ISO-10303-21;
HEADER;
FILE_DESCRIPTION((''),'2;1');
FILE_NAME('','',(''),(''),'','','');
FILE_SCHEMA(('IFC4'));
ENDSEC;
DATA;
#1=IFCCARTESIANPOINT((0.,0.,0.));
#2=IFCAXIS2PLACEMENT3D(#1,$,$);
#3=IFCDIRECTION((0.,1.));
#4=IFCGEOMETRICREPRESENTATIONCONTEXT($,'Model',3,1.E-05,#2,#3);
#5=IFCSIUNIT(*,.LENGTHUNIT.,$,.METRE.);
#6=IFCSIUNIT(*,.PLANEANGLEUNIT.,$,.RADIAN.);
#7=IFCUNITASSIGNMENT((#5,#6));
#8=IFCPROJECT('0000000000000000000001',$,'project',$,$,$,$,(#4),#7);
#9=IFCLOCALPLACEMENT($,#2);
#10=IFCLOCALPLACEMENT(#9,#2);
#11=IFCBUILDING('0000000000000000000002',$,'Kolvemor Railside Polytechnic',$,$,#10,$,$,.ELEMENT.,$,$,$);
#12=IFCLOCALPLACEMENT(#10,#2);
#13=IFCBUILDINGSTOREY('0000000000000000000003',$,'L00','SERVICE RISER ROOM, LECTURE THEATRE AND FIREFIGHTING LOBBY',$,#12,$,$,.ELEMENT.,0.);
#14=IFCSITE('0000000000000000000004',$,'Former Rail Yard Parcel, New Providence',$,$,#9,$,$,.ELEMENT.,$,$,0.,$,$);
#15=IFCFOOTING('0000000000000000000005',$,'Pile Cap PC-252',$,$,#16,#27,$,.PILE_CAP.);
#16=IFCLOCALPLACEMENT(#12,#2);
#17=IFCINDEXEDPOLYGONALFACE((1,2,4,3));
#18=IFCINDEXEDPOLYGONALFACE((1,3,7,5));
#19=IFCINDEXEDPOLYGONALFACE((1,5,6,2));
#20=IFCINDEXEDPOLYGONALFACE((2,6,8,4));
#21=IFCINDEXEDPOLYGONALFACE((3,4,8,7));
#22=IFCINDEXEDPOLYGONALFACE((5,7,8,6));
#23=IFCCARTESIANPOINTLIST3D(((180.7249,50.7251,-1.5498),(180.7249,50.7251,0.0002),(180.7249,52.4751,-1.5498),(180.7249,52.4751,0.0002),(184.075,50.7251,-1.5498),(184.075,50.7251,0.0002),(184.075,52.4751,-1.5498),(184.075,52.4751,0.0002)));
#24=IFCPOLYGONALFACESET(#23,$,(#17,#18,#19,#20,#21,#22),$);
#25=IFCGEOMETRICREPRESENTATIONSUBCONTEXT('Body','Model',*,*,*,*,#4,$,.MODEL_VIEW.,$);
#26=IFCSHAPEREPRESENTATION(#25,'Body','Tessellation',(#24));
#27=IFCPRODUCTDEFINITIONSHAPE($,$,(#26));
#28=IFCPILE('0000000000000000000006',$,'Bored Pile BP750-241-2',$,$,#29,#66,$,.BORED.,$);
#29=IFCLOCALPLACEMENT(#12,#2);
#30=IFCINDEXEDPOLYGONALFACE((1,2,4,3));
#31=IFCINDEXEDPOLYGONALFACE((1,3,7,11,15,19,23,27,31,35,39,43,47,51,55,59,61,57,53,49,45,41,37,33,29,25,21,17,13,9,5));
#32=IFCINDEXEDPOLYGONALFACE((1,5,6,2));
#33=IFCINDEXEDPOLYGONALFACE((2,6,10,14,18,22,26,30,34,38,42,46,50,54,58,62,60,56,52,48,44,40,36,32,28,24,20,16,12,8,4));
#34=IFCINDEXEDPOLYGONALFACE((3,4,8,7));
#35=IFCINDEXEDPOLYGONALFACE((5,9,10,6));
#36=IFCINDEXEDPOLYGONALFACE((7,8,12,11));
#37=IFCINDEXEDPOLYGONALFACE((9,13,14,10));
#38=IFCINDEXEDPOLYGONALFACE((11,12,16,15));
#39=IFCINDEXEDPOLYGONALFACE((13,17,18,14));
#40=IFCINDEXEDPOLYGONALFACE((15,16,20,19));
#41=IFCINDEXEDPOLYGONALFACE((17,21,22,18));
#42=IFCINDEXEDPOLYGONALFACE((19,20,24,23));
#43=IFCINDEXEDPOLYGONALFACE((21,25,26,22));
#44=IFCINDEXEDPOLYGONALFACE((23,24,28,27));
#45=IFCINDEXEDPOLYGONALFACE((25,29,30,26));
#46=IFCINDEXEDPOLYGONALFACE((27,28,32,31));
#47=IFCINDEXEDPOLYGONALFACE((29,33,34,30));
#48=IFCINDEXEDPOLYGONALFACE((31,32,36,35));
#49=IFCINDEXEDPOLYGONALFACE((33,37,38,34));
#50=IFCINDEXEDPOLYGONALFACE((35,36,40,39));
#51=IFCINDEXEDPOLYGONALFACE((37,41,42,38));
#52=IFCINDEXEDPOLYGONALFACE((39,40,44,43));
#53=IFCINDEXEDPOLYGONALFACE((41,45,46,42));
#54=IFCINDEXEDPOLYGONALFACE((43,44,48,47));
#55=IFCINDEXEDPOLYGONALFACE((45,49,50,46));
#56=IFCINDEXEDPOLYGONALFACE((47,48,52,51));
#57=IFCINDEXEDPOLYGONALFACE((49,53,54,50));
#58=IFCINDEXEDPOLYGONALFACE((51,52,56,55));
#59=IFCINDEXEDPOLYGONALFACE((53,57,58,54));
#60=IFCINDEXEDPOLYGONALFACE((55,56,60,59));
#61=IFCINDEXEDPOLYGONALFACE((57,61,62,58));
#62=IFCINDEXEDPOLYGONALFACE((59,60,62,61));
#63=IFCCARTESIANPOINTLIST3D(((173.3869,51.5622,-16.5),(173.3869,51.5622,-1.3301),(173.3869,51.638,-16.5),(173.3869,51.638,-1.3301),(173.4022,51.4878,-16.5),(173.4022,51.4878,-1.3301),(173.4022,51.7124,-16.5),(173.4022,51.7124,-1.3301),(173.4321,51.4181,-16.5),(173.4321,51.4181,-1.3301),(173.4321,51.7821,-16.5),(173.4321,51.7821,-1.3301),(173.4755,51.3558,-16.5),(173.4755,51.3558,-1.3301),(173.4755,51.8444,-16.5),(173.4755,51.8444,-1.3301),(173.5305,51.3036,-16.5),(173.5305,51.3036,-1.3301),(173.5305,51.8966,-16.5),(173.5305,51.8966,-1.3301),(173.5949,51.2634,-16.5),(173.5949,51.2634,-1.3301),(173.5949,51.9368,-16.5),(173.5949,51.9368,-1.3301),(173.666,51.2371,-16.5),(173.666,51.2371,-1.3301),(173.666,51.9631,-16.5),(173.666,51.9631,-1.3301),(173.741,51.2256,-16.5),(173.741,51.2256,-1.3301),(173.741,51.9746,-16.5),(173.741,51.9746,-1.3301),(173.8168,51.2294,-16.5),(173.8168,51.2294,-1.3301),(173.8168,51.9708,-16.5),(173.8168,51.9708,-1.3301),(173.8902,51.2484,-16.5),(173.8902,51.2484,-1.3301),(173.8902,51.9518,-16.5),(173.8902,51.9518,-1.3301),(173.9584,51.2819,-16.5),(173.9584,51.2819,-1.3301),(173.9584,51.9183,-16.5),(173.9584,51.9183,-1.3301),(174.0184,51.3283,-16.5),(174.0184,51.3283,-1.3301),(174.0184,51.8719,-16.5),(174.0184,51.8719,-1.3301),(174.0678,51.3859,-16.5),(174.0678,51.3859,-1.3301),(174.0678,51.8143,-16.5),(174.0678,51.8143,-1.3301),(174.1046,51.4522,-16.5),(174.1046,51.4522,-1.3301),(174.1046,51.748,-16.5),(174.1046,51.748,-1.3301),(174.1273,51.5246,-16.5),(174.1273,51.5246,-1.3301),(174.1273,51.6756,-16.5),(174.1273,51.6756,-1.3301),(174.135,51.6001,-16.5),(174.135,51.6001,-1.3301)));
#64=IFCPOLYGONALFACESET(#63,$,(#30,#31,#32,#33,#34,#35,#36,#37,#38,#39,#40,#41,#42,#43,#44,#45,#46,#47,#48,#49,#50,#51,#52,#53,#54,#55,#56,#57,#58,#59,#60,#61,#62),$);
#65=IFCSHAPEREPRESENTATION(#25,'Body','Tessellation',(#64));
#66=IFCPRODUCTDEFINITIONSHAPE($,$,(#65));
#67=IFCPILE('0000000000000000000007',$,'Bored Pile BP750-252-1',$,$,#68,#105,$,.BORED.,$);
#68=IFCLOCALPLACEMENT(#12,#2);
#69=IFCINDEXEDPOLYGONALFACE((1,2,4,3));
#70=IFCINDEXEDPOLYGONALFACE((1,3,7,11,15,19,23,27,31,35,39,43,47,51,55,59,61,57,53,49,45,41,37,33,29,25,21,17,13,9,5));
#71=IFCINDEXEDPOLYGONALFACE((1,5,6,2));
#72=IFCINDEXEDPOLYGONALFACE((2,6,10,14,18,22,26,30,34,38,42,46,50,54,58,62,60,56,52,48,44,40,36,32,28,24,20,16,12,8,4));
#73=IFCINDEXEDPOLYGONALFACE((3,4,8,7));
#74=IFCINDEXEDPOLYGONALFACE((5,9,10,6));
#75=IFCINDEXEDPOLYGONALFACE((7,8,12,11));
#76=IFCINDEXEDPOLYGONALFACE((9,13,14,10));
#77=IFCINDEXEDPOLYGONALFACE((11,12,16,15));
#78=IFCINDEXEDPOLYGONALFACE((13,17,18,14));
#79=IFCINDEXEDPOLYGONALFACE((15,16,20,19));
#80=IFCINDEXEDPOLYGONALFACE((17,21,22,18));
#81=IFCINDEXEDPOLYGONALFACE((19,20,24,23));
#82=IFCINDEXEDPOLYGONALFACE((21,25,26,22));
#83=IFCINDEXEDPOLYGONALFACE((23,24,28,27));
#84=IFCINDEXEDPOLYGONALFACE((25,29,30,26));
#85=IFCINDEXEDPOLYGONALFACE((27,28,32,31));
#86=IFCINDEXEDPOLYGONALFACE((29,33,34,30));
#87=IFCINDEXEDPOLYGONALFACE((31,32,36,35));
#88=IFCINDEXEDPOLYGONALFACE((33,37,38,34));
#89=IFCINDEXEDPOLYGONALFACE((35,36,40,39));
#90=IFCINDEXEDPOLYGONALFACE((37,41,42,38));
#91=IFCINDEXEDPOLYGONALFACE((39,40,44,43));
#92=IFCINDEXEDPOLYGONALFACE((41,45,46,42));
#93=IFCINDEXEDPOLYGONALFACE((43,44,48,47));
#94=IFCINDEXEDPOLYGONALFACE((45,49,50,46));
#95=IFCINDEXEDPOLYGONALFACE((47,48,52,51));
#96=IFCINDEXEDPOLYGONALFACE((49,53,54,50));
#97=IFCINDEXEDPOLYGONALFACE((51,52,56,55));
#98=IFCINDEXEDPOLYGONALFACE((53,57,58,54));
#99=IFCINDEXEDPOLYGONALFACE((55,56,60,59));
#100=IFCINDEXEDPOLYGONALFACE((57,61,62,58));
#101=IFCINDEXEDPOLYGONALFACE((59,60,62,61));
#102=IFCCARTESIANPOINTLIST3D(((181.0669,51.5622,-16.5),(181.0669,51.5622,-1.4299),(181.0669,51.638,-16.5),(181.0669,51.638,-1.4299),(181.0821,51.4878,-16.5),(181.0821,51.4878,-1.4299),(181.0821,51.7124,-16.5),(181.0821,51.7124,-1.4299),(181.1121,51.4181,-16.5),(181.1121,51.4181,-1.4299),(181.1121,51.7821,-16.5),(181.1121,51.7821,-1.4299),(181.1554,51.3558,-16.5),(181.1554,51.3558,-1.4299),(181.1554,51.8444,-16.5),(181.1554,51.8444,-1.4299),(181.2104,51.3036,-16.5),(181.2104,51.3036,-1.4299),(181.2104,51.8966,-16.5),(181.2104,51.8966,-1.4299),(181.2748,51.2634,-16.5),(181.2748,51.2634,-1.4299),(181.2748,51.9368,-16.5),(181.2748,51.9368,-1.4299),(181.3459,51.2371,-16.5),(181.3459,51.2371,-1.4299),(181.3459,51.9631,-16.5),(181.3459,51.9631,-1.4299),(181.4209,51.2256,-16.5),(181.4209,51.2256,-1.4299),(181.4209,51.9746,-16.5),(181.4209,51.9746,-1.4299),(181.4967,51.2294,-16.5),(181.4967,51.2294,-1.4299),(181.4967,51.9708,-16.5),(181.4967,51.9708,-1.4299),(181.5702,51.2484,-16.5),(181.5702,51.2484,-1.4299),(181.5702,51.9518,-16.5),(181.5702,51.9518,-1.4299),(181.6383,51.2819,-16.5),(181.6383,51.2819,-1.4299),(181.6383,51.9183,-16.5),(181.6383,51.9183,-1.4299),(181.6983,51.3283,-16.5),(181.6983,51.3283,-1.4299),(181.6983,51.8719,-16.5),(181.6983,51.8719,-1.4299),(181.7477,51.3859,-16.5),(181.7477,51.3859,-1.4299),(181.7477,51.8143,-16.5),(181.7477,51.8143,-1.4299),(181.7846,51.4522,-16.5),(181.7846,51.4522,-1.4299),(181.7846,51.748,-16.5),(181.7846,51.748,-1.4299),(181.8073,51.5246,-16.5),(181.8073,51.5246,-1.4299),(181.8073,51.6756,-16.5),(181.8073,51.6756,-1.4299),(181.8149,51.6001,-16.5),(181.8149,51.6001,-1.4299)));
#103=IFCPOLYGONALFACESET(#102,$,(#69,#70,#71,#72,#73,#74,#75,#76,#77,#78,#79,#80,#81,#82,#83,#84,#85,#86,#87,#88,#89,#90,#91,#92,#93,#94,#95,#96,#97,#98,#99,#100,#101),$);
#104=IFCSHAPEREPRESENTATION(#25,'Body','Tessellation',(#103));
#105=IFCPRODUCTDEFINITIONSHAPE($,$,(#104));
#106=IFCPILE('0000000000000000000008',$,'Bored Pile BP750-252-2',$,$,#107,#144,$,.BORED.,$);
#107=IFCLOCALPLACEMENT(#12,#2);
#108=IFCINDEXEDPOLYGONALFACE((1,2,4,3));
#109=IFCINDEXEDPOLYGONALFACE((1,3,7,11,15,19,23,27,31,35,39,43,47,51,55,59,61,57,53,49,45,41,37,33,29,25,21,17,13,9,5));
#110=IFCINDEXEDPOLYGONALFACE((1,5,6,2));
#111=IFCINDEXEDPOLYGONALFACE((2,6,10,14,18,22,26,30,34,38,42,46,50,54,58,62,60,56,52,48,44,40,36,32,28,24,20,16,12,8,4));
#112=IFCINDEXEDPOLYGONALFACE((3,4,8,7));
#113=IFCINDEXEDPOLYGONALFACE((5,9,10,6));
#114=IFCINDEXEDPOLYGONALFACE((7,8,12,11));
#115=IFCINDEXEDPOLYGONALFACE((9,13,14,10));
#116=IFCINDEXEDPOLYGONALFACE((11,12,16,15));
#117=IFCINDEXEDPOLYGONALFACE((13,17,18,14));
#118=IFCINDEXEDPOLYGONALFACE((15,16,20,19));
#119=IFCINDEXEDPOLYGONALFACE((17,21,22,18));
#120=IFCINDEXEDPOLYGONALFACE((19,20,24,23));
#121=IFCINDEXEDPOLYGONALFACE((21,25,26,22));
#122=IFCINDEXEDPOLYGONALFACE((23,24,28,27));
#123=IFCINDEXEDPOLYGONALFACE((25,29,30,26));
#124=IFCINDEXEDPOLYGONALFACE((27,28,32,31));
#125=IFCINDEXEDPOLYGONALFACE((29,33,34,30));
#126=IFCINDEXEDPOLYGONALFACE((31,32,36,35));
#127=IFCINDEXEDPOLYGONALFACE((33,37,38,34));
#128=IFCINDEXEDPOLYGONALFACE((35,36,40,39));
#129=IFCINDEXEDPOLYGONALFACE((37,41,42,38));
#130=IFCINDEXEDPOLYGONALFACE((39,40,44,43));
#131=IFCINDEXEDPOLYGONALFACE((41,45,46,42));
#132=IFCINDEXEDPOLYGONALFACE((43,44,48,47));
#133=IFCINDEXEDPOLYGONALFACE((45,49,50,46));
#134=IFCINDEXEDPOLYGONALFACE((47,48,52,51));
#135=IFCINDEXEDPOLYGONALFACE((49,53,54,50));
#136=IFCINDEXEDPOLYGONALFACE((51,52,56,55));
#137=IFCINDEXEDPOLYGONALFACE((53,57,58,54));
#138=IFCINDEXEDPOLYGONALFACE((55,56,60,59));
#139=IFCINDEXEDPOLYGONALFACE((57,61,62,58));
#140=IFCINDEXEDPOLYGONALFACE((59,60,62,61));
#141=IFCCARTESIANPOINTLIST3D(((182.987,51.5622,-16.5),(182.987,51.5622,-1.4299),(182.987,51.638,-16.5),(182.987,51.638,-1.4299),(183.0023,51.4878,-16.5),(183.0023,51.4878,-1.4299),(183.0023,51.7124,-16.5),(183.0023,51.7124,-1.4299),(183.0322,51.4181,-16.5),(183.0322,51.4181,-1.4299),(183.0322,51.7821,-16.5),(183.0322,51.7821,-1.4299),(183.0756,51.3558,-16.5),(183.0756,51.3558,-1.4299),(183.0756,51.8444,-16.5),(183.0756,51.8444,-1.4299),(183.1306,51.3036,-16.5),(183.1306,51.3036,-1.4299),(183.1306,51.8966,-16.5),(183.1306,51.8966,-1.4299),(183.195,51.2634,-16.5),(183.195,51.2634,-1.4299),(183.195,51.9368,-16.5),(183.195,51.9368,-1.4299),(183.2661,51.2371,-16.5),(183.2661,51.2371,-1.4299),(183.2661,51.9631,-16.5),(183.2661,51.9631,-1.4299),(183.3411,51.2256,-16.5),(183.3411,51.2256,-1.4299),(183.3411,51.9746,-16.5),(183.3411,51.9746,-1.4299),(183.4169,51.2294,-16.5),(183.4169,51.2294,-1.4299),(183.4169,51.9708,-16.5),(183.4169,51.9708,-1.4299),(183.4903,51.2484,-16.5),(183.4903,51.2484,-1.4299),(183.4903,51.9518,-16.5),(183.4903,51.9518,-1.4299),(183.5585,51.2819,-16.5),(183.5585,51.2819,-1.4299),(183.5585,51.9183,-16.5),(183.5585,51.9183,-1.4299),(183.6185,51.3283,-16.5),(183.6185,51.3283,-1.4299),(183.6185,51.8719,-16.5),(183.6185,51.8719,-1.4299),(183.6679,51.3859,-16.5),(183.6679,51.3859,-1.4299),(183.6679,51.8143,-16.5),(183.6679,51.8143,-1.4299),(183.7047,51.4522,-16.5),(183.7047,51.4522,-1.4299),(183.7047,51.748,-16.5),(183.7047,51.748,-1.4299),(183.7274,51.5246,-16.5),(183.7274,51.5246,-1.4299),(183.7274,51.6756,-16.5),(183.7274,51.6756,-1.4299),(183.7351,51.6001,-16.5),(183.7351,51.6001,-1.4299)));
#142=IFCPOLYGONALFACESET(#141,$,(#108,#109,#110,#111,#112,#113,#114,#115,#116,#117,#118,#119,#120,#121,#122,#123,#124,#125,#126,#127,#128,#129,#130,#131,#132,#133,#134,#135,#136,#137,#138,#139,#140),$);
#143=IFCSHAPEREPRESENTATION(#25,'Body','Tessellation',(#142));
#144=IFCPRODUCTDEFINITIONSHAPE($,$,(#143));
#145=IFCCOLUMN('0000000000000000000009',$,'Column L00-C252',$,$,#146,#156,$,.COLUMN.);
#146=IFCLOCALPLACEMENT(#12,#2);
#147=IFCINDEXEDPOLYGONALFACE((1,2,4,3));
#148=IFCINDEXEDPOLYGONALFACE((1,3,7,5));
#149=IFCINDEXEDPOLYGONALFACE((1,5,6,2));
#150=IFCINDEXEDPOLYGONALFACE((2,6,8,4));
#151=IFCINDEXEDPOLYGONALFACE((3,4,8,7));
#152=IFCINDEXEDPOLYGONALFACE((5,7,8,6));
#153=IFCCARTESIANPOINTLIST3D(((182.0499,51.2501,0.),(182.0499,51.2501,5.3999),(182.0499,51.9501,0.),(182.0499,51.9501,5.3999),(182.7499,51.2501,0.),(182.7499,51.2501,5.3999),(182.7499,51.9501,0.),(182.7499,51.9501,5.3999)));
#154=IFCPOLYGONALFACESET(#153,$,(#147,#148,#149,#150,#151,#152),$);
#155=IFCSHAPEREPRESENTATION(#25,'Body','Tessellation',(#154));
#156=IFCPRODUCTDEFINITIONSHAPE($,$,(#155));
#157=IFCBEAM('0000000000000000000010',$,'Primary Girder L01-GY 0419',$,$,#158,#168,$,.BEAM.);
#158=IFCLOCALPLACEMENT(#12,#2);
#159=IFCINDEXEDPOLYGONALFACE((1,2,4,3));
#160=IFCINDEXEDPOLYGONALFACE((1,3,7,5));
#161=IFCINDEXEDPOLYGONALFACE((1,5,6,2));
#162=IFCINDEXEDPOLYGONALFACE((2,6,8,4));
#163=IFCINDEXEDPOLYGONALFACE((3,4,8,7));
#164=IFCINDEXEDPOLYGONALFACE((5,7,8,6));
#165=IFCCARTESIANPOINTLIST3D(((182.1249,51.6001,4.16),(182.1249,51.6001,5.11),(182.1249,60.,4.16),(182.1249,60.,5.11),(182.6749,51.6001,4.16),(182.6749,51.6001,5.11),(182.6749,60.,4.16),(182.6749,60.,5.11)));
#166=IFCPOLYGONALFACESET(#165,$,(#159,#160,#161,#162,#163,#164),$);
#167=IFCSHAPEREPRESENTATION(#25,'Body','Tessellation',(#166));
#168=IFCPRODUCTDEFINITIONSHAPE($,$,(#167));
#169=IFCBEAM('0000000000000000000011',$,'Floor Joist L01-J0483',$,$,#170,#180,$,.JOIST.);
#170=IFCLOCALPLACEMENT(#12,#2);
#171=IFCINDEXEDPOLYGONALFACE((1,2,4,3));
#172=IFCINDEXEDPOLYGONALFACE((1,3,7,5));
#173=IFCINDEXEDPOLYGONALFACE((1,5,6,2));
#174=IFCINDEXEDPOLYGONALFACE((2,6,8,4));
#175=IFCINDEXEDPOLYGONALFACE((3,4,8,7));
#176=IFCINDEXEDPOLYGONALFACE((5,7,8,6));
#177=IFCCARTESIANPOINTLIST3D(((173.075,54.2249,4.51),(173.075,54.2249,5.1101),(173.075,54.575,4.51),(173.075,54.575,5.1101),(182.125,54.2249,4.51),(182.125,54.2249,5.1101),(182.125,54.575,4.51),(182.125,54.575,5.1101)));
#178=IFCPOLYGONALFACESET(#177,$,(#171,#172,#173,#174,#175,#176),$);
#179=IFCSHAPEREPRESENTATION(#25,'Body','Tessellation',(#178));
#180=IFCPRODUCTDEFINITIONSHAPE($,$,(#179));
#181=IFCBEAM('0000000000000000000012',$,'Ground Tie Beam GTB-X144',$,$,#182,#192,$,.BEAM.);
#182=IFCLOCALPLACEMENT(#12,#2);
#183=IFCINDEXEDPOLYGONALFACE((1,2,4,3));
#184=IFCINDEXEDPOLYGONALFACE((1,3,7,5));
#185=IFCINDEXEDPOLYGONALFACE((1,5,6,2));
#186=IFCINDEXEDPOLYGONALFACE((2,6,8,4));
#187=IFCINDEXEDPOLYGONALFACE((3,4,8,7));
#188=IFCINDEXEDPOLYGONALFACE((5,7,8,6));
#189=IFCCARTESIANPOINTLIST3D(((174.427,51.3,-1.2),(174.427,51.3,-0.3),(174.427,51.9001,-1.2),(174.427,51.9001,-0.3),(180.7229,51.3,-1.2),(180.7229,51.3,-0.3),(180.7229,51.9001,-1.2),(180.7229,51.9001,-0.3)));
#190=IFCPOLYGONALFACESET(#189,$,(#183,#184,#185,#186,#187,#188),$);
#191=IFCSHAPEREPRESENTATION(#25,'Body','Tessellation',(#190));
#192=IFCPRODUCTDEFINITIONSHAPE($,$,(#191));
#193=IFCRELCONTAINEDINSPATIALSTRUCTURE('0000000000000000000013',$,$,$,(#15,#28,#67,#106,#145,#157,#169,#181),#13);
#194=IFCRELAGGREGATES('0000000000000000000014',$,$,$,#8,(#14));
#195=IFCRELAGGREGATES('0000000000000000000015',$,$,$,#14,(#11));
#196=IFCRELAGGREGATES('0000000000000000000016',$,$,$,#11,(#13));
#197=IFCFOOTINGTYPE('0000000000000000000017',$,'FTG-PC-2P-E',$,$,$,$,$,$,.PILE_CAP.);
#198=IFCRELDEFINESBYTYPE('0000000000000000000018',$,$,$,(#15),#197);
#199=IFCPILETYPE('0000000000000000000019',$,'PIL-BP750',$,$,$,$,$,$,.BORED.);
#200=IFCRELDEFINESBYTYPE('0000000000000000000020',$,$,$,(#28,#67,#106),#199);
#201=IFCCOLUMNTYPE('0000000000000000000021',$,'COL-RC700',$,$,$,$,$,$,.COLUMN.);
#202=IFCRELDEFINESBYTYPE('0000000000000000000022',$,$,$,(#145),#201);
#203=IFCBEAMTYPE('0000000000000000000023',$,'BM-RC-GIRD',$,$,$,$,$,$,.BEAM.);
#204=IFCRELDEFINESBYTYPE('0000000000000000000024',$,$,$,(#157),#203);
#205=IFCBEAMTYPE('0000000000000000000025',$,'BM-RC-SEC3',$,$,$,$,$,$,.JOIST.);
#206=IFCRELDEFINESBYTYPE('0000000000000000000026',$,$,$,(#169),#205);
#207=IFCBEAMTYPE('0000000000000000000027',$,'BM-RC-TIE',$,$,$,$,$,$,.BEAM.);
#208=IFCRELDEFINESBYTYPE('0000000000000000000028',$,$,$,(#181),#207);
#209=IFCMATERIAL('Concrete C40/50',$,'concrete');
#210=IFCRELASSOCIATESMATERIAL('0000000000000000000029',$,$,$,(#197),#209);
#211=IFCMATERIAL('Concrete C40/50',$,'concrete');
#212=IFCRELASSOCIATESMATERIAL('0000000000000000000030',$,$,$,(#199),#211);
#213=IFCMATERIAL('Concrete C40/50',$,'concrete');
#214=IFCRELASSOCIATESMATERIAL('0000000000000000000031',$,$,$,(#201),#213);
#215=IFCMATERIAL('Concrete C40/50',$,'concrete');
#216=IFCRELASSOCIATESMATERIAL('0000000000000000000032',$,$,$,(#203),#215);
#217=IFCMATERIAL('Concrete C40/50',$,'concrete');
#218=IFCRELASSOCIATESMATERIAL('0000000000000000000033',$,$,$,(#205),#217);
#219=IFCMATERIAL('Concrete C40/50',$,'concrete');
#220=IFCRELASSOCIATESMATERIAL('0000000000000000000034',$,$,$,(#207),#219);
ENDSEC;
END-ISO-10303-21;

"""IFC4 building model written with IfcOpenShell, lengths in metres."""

from ifc_helpers import new_model, si_unit, direction, frame, origin, origin_2d, place, context, subcontext, project, spatial, rectangle, circle, extrude, material, material_profile, profile_set, type_object, element, save


model = new_model("IFC4")

# Units and contexts
model_context = context("Model", 3, precision=1e-05, world=origin(), true_north=direction((0.0, 1.0)))
body_context = subcontext(model_context, "Body", "Model", "MODEL_VIEW")
ifc_project = project(units=[si_unit("LENGTHUNIT", "METRE"), si_unit("PLANEANGLEUNIT", "RADIAN")], contexts=[model_context])

# Site, building, storey
site_placement = place(None, origin())
site = spatial("IfcSite", under=ifc_project, at=site_placement, Name="Former Rail Yard Parcel, New Providence", CompositionType="ELEMENT", RefElevation=0.0)
building_placement = place(site_placement, origin())
building = spatial("IfcBuilding", under=site, at=building_placement, Name="Kolvemor Railside Polytechnic", CompositionType="ELEMENT")
storey_placement = place(building_placement, origin())
storey = spatial("IfcBuildingStorey", under=building, at=storey_placement, Name="L00", Description="SERVICE RISER ROOM, LECTURE THEATRE AND FIREFIGHTING LOBBY", CompositionType="ELEMENT", Elevation=0.0)

# Footing
ifc_material_1 = material(Name="Concrete C40/50", Category="concrete")
footing_type = type_object("IfcFootingType", Name="FTG-PC-2P-E", PredefinedType="PILE_CAP", material=ifc_material_1)
footing_placement = place(storey_placement, frame((182.3999, 51.6001, -1.5498), z_axis=(0.0, 0.0, 1.0), x_axis=(1.0, 0.0, 0.0)))
element("IfcFooting", 1, at=footing_placement, inside=storey, type_object=footing_type, Name="Pile Cap PC-252", PredefinedType="PILE_CAP", context=body_context, shape_type="SweptSolid", body=[
    extrude(rectangle(XDim=3.3501, YDim=1.75, at=origin_2d()), origin(), (0.0, 0.0, 1.0), 1.55),
])

# Piles
ifc_material_2 = material(Name="Concrete C40/50", Category="concrete")
ifc_material_profile_1 = material_profile(ifc_material_2, circle(Radius=0.375, at=origin_2d()), Name="BP750")
ifc_profile_set_1 = profile_set([ifc_material_profile_1], Name="Concrete C40/50")
pile_type = type_object("IfcPileType", Name="PIL-BP750", PredefinedType="BORED", material=ifc_profile_set_1)
pile_placement = place(storey_placement, frame((173.76, 51.6001, -1.3301), z_axis=(0.0, 0.0, -1.0), x_axis=(1.0, 0.0, 0.0)))
element("IfcPile", 2, at=pile_placement, inside=storey, type_object=pile_type, Name="Bored Pile BP750-241-2", PredefinedType="BORED", context=body_context, shape_type="SweptSolid", body=[
    extrude(circle(Radius=0.375, at=origin_2d()), origin(), (0.0, 0.0, 1.0), 15.1699),
])
for number, where, z_axis, x_axis, name in (
    (3, (181.4399, 51.6001, -1.4299), (0.0, 0.0, -1.0), (1.0, 0.0, 0.0), "Bored Pile BP750-252-1"),
    (4, (183.3601, 51.6001, -1.4299), (0.0, 0.0, -1.0), (1.0, 0.0, 0.0), "Bored Pile BP750-252-2"),
):
    element("IfcPile", number, at=place(storey_placement, frame(where, z_axis=z_axis, x_axis=x_axis)), inside=storey, type_object=pile_type, Name=name, PredefinedType="BORED", context=body_context, shape_type="SweptSolid", body=[
        extrude(circle(Radius=0.375, at=origin_2d()), origin(), (0.0, 0.0, 1.0), 15.0701),
    ])

# Column
ifc_material_3 = material(Name="Concrete C40/50", Category="concrete")
ifc_material_profile_2 = material_profile(ifc_material_3, rectangle(XDim=0.7, YDim=0.7, at=origin_2d()), Name="RC700x700")
ifc_profile_set_2 = profile_set([ifc_material_profile_2], Name="Concrete C40/50")
column_type = type_object("IfcColumnType", Name="COL-RC700", PredefinedType="COLUMN", material=ifc_profile_set_2)
column_placement = place(storey_placement, frame((182.3999, 51.6001, 0.0), z_axis=(0.0, 0.0, 1.0), x_axis=(1.0, 0.0, 0.0)))
element("IfcColumn", 5, at=column_placement, inside=storey, type_object=column_type, Name="Column L00-C252", PredefinedType="COLUMN", context=body_context, shape_type="SweptSolid", body=[
    extrude(rectangle(XDim=0.7, YDim=0.7, at=origin_2d()), origin(), (0.0, 0.0, 1.0), 5.3999),
])

# Beams
ifc_material_4 = material(Name="Concrete C40/50", Category="concrete")
ifc_material_profile_3 = material_profile(ifc_material_4, rectangle(XDim=0.55, YDim=0.95, at=origin_2d()), Name="RC550x950")
ifc_profile_set_3 = profile_set([ifc_material_profile_3], Name="Concrete C40/50")
beam_type_1 = type_object("IfcBeamType", Name="BM-RC-GIRD", PredefinedType="BEAM", material=ifc_profile_set_3)
beam_1_placement = place(storey_placement, frame((182.3999, 51.6001, 4.635), z_axis=(0.0, 1.0, 0.0), x_axis=(-1.0, 0.0, 0.0)))
element("IfcBeam", 6, at=beam_1_placement, inside=storey, type_object=beam_type_1, Name="Primary Girder L01-GY 0419", PredefinedType="BEAM", context=body_context, shape_type="SweptSolid", body=[
    extrude(rectangle(XDim=0.55, YDim=0.95, at=origin_2d()), origin(), (0.0, 0.0, 1.0), 8.3999),
])
ifc_material_5 = material(Name="Concrete C40/50", Category="concrete")
ifc_material_profile_4 = material_profile(ifc_material_5, rectangle(XDim=0.3501, YDim=0.6001, at=origin_2d()), Name="RC350x600")
ifc_profile_set_4 = profile_set([ifc_material_profile_4], Name="Concrete C40/50")
beam_type_2 = type_object("IfcBeamType", Name="BM-RC-SEC3", PredefinedType="JOIST", material=ifc_profile_set_4)
beam_2_placement = place(storey_placement, frame((173.075, 54.3999, 4.8101), z_axis=(1.0, 0.0, 0.0), x_axis=(0.0, 1.0, 0.0)))
element("IfcBeam", 7, at=beam_2_placement, inside=storey, type_object=beam_type_2, Name="Floor Joist L01-J0483", PredefinedType="JOIST", context=body_context, shape_type="SweptSolid", body=[
    extrude(rectangle(XDim=0.3501, YDim=0.6001, at=origin_2d()), origin(), (0.0, 0.0, 1.0), 9.05),
])
ifc_material_6 = material(Name="Concrete C40/50", Category="concrete")
ifc_material_profile_5 = material_profile(ifc_material_6, rectangle(XDim=0.6001, YDim=0.8999, at=origin_2d()), Name="RC600x900")
ifc_profile_set_5 = profile_set([ifc_material_profile_5], Name="Concrete C40/50")
beam_type_3 = type_object("IfcBeamType", Name="BM-RC-TIE", PredefinedType="BEAM", material=ifc_profile_set_5)
beam_3_placement = place(storey_placement, frame((174.427, 51.6001, -0.75), z_axis=(1.0, 0.0, 0.0), x_axis=(0.0, 1.0, 0.0)))
element("IfcBeam", 8, at=beam_3_placement, inside=storey, type_object=beam_type_3, Name="Ground Tie Beam GTB-X144", PredefinedType="BEAM", context=body_context, shape_type="SweptSolid", body=[
    extrude(rectangle(XDim=0.6001, YDim=0.8999, at=origin_2d()), origin(), (0.0, 0.0, 1.0), 6.2959),
])

save(model, "model.ifc")
